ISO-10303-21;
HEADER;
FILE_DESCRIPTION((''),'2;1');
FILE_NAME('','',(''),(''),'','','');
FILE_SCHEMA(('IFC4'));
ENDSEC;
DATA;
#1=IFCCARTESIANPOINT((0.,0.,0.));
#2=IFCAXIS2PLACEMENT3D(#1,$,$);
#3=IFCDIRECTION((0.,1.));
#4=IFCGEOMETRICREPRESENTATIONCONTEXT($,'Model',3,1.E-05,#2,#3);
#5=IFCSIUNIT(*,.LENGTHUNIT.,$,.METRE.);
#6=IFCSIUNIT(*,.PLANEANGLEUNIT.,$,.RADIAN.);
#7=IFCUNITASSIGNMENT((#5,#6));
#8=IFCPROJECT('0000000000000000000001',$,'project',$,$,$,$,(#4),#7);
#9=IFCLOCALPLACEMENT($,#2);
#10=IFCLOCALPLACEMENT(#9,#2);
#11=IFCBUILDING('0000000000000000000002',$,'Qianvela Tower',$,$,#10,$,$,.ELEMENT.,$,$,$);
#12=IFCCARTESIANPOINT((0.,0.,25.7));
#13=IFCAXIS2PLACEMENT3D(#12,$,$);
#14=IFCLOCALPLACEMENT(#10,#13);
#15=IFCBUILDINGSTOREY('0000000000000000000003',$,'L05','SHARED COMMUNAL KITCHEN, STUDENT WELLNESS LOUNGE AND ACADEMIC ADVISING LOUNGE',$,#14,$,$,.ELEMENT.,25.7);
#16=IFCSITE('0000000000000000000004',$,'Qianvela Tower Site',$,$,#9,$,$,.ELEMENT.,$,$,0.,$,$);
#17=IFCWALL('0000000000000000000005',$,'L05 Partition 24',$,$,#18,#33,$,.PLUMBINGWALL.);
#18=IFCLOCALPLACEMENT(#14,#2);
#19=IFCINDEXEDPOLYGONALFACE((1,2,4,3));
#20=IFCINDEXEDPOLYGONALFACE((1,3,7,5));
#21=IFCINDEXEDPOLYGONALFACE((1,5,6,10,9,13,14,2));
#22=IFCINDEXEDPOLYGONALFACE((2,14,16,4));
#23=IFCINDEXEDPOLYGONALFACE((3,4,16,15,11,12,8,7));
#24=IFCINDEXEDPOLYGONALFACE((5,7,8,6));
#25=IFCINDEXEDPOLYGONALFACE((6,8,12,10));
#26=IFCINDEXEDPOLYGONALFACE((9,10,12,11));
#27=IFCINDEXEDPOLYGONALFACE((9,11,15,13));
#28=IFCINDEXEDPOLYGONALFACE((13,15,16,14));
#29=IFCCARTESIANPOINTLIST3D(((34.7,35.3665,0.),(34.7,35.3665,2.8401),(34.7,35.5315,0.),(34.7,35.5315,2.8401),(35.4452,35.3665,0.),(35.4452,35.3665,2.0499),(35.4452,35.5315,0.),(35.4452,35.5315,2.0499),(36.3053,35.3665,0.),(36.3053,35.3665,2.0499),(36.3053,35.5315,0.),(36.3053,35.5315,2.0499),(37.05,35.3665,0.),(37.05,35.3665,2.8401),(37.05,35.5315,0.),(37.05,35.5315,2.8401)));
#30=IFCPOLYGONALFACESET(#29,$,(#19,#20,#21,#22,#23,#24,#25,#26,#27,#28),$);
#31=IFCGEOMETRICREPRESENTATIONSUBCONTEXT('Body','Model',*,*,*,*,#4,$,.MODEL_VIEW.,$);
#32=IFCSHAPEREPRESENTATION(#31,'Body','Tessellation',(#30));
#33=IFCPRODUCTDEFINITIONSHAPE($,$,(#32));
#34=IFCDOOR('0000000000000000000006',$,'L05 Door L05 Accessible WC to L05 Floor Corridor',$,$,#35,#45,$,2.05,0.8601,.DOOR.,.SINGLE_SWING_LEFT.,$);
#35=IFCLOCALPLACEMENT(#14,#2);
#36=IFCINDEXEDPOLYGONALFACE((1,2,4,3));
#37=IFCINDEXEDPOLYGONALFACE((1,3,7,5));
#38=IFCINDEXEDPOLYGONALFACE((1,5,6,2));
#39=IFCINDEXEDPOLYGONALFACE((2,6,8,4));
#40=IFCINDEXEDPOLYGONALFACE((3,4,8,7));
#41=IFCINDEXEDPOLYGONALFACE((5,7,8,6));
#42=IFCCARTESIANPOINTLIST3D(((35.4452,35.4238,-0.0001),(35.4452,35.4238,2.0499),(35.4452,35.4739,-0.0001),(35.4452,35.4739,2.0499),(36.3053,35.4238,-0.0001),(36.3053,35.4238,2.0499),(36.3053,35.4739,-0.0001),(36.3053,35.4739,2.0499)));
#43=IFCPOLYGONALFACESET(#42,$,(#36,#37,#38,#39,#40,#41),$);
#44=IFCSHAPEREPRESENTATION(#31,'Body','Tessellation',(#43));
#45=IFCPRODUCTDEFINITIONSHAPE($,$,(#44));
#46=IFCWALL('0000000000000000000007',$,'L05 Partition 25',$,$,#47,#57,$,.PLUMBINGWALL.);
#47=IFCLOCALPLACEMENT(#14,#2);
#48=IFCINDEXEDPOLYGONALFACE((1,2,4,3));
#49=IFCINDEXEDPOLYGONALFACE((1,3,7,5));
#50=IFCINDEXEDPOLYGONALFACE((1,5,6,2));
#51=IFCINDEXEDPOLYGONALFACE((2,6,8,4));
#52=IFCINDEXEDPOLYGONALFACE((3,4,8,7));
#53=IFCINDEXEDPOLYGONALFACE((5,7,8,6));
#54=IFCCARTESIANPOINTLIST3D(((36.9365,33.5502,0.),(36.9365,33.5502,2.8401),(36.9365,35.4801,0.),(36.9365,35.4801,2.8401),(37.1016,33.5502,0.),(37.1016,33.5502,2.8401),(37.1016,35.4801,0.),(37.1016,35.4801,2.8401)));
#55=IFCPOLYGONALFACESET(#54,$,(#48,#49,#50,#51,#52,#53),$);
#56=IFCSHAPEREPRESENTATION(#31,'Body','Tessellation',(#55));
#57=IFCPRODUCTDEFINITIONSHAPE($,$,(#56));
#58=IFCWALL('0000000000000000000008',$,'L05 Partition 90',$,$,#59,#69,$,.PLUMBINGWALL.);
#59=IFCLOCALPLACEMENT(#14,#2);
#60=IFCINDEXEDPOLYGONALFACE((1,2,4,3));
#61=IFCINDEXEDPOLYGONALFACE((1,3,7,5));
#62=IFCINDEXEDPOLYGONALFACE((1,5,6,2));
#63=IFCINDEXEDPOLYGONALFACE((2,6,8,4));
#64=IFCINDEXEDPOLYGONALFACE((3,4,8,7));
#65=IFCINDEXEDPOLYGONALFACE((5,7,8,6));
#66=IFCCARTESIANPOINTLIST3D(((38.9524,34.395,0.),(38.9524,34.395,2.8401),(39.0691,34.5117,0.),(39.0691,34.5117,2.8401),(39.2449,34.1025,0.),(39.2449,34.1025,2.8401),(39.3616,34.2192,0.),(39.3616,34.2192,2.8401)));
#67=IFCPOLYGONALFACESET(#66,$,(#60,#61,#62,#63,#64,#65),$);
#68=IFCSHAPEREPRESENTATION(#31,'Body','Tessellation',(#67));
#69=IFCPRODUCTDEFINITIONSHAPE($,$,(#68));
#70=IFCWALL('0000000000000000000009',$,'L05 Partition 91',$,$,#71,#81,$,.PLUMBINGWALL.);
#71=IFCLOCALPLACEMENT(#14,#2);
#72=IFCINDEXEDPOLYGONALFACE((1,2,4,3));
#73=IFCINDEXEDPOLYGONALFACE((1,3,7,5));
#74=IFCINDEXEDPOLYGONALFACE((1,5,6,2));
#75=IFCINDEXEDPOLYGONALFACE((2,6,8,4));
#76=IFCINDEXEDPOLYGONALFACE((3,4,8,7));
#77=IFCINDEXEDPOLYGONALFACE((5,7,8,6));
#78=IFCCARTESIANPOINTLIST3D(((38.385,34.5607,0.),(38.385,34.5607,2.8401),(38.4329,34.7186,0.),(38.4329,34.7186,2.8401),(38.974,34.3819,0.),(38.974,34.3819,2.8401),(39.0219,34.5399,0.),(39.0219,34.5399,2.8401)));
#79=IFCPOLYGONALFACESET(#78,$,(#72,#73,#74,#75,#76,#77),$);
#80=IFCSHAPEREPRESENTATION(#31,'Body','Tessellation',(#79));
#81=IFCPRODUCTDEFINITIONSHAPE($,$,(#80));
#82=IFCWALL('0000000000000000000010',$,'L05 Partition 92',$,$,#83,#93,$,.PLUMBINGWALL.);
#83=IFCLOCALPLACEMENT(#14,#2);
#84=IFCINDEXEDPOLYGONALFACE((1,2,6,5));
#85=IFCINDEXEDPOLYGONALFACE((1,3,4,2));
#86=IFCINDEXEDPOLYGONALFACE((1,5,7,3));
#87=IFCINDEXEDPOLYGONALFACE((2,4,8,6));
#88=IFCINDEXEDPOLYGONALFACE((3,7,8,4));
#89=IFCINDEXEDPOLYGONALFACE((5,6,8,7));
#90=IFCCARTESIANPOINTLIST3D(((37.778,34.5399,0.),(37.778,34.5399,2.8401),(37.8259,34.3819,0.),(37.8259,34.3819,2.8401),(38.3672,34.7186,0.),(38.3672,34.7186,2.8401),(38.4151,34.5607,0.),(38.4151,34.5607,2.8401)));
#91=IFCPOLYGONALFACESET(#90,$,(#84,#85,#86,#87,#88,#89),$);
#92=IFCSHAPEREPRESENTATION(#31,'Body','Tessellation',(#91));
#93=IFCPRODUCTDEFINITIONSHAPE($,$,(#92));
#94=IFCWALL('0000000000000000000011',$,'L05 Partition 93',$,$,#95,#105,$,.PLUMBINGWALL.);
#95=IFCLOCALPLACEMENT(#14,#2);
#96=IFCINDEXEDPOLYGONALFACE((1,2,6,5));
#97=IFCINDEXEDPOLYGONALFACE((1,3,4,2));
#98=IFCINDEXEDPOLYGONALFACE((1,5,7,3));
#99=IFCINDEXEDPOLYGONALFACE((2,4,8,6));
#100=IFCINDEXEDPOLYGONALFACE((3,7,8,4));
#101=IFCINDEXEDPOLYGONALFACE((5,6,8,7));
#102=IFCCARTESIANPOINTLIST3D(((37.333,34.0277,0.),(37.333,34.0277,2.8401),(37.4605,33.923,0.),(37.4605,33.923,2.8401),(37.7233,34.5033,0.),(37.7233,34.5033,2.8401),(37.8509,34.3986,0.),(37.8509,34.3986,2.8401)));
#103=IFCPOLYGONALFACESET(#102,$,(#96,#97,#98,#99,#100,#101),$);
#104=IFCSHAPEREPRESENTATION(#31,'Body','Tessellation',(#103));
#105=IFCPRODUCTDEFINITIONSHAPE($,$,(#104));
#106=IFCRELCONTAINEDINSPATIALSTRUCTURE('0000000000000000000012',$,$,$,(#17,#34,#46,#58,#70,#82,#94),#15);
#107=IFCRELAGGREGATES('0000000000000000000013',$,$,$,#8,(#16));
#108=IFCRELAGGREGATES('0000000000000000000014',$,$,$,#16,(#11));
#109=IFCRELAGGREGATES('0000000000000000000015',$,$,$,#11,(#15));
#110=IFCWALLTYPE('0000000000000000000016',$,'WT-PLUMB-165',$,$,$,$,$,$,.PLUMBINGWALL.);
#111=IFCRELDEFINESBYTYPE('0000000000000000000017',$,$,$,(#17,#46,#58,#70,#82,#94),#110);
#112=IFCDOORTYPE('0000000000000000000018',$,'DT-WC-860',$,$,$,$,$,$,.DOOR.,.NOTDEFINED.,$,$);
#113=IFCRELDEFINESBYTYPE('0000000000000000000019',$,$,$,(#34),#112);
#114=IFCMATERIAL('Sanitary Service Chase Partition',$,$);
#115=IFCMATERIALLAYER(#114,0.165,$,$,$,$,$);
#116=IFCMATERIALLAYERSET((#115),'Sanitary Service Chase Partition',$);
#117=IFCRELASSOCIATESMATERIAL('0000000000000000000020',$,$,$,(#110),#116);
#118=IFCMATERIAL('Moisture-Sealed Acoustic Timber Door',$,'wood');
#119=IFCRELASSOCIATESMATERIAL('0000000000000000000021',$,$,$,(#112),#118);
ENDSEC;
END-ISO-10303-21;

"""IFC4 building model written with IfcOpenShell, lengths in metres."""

from ifc_helpers import new_model, si_unit, direction, frame, frame_2d, origin, place, context, subcontext, project, spatial, rectangle, extrude, material, layer, layer_set, type_object, element, fill, save


model = new_model("IFC4")

# Units and contexts
model_context = context("Model", 3, precision=1e-05, world=origin(), true_north=direction((0.0, 1.0)))
body_context = subcontext(model_context, "Body", "Model", "MODEL_VIEW")
ifc_project = project(units=[si_unit("LENGTHUNIT", "METRE"), si_unit("PLANEANGLEUNIT", "RADIAN")], contexts=[model_context])

# Site, building, storey
site_placement = place(None, origin())
site = spatial("IfcSite", under=ifc_project, at=site_placement, Name="Qianvela Tower Site", CompositionType="ELEMENT", RefElevation=0.0)
building_placement = place(site_placement, origin())
building = spatial("IfcBuilding", under=site, at=building_placement, Name="Qianvela Tower", CompositionType="ELEMENT")
storey_placement = place(building_placement, frame((0.0, 0.0, 25.7)))
storey = spatial("IfcBuildingStorey", under=building, at=storey_placement, Name="L05", Description="SHARED COMMUNAL KITCHEN, STUDENT WELLNESS LOUNGE AND ACADEMIC ADVISING LOUNGE", CompositionType="ELEMENT", Elevation=25.7)

# Wall, opening, door
ifc_material_1 = material(Name="Sanitary Service Chase Partition")
ifc_layer_1 = layer(ifc_material_1, 0.165)
ifc_layer_set_1 = layer_set([ifc_layer_1], Name="Sanitary Service Chase Partition")
wall_type_1 = type_object("IfcWallType", Name="WT-PLUMB-165", PredefinedType="PLUMBINGWALL", material=ifc_layer_set_1)
wall_1_placement = place(storey_placement, frame((34.7, 35.449, 0.0), z_axis=(0.0, 0.0, 1.0), x_axis=(1.0, 0.0, 0.0)))
wall_1 = element("IfcWall", 1, at=wall_1_placement, inside=storey, type_object=wall_type_1, Name="L05 Partition 24", PredefinedType="PLUMBINGWALL", context=body_context, shape_type="SweptSolid", body=[
    extrude(rectangle(XDim=2.3501, YDim=0.165, at=frame_2d((1.175, 0.0))), origin(), (0.0, 0.0, 1.0), 2.8401),
])
opening_1_placement = place(wall_1_placement, frame((0.7451, 0.0, 0.0)))
opening_1 = element("IfcOpeningElement", 2, at=opening_1_placement, cuts=wall_1, PredefinedType="OPENING", context=body_context, shape_type="SweptSolid", body=[
    extrude(rectangle(XDim=0.8601, YDim=2.05, at=frame_2d((0.4302, 1.0249))), frame((0.0, 0.0925, 0.0), z_axis=(0.0, -1.0, 0.0), x_axis=(1.0, 0.0, 0.0)), (0.0, 0.0, 1.0), 0.1851),
])
ifc_material_2 = material(Name="Moisture-Sealed Acoustic Timber Door", Category="wood")
door_type_1 = type_object("IfcDoorType", Name="DT-WC-860", OperationType="NOTDEFINED", PredefinedType="DOOR", material=ifc_material_2)
door_1_placement = place(opening_1_placement, origin())
door_1 = element("IfcDoor", 3, at=door_1_placement, inside=storey, type_object=door_type_1, Name="L05 Door L05 Accessible WC to L05 Floor Corridor", OperationType="SINGLE_SWING_LEFT", OverallHeight=2.05, OverallWidth=0.8601, PredefinedType="DOOR", context=body_context, shape_type="SweptSolid", body=[
    extrude(rectangle(XDim=0.8601, YDim=2.05, at=frame_2d((0.4302, 1.0249))), frame((0.0, 0.0249, 0.0), z_axis=(0.0, -1.0, 0.0), x_axis=(1.0, 0.0, 0.0)), (0.0, 0.0, 1.0), 0.05),
])
fill(opening_1, door_1)

# Walls
wall_2_placement = place(storey_placement, frame((37.019, 35.48, 0.0), z_axis=(0.0, 0.0, 1.0), x_axis=(0.0, -1.0, 0.0)))
element("IfcWall", 4, at=wall_2_placement, inside=storey, type_object=wall_type_1, Name="L05 Partition 25", PredefinedType="PLUMBINGWALL", context=body_context, shape_type="SweptSolid", body=[
    extrude(rectangle(XDim=1.9299, YDim=0.165, at=frame_2d((0.9648, 0.0))), origin(), (0.0, 0.0, 1.0), 2.8401),
])
wall_3_placement = place(storey_placement, frame((39.3032, 34.1609, 0.0), z_axis=(0.0, 0.0, 1.0), x_axis=(-0.707107, 0.707107, 0.0)))
element("IfcWall", 5, at=wall_3_placement, inside=storey, type_object=wall_type_1, Name="L05 Partition 90", PredefinedType="PLUMBINGWALL", context=body_context, shape_type="SweptSolid", body=[
    extrude(rectangle(XDim=0.4136, YDim=0.165, at=frame_2d((0.2068, 0.0))), origin(), (0.0, 0.0, 1.0), 2.8401),
])
wall_4_placement = place(storey_placement, frame((38.9978, 34.4609, 0.0), z_axis=(0.0, 0.0, 1.0), x_axis=(-0.956904, 0.290404, 0.0)))
element("IfcWall", 6, at=wall_4_placement, inside=storey, type_object=wall_type_1, Name="L05 Partition 91", PredefinedType="PLUMBINGWALL", context=body_context, shape_type="SweptSolid", body=[
    extrude(rectangle(XDim=0.6155, YDim=0.165, at=frame_2d((0.3076, 0.0))), origin(), (0.0, 0.0, 1.0), 2.8401),
])
wall_5_placement = place(storey_placement, frame((38.3911, 34.6396, 0.0), z_axis=(0.0, 0.0, 1.0), x_axis=(-0.956938, -0.290294, 0.0)))
element("IfcWall", 7, at=wall_5_placement, inside=storey, type_object=wall_type_1, Name="L05 Partition 92", PredefinedType="PLUMBINGWALL", context=body_context, shape_type="SweptSolid", body=[
    extrude(rectangle(XDim=0.6157, YDim=0.165, at=frame_2d((0.3079, 0.0))), origin(), (0.0, 0.0, 1.0), 2.8401),
])
wall_6_placement = place(storey_placement, frame((37.7871, 34.4509, 0.0), z_axis=(0.0, 0.0, 1.0), x_axis=(-0.634469, -0.772949, 0.0)))
element("IfcWall", 8, at=wall_6_placement, inside=storey, type_object=wall_type_1, Name="L05 Partition 93", PredefinedType="PLUMBINGWALL", context=body_context, shape_type="SweptSolid", body=[
    extrude(rectangle(XDim=0.6152, YDim=0.165, at=frame_2d((0.3076, 0.0))), origin(), (0.0, 0.0, 1.0), 2.8401),
])

save(model, "model.ifc")
